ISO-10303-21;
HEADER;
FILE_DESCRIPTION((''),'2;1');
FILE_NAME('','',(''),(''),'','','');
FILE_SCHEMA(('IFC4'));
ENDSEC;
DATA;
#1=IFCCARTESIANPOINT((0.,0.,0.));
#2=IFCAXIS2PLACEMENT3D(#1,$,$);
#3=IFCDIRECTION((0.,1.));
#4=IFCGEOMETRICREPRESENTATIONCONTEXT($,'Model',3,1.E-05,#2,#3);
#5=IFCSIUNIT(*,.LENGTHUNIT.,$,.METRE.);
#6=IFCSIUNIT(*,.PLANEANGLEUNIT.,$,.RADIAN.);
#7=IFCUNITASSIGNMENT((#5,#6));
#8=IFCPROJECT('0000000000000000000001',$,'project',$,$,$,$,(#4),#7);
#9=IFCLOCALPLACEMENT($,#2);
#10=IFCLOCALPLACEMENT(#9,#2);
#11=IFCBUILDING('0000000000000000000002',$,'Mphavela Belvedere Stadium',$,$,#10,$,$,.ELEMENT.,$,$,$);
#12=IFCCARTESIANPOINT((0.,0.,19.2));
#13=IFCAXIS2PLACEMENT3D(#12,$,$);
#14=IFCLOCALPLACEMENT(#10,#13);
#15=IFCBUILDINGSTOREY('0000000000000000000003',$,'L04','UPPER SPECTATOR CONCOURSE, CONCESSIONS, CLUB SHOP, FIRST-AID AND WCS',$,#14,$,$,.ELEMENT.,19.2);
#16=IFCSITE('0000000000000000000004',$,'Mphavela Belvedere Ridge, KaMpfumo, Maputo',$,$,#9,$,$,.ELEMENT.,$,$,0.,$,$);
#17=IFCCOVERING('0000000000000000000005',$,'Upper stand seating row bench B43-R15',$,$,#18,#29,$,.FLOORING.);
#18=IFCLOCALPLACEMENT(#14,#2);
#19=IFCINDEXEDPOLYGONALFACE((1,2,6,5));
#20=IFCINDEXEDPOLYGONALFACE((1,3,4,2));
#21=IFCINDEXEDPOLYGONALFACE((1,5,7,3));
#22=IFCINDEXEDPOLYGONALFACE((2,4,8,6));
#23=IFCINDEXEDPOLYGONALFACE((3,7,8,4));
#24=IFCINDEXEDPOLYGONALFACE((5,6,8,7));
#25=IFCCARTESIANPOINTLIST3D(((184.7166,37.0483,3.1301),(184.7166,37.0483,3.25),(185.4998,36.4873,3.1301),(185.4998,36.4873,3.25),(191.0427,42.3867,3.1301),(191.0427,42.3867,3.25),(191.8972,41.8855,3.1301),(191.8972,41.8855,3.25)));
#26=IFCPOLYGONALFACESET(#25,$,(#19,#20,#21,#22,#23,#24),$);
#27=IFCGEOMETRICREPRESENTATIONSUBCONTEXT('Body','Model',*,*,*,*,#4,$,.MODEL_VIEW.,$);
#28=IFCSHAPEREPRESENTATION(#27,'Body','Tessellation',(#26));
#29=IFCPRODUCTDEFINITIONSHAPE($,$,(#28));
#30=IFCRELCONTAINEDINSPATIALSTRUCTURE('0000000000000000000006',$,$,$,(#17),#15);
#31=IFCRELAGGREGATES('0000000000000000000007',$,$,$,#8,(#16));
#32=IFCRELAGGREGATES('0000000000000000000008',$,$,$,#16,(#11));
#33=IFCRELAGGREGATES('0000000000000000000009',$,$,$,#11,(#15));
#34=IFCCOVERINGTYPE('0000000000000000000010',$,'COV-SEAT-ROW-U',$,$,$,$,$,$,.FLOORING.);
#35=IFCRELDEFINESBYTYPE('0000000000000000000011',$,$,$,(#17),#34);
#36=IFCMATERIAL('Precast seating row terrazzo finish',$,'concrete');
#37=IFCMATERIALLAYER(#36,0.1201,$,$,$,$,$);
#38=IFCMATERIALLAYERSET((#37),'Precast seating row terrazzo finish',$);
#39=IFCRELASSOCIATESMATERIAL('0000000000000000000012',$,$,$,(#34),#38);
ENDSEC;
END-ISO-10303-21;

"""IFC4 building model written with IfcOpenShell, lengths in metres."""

from ifc_helpers import new_model, si_unit, direction, frame, origin, place, context, subcontext, project, spatial, polyline, outline, extrude, material, layer, layer_set, type_object, element, save


model = new_model("IFC4")

# Units and contexts
model_context = context("Model", 3, precision=1e-05, world=origin(), true_north=direction((0.0, 1.0)))
body_context = subcontext(model_context, "Body", "Model", "MODEL_VIEW")
ifc_project = project(units=[si_unit("LENGTHUNIT", "METRE"), si_unit("PLANEANGLEUNIT", "RADIAN")], contexts=[model_context])

# Site, building, storey
site_placement = place(None, origin())
site = spatial("IfcSite", under=ifc_project, at=site_placement, Name="Mphavela Belvedere Ridge, KaMpfumo, Maputo", CompositionType="ELEMENT", RefElevation=0.0)
building_placement = place(site_placement, origin())
building = spatial("IfcBuilding", under=site, at=building_placement, Name="Mphavela Belvedere Stadium", CompositionType="ELEMENT")
storey_placement = place(building_placement, frame((0.0, 0.0, 19.2)))
storey = spatial("IfcBuildingStorey", under=building, at=storey_placement, Name="L04", Description="UPPER SPECTATOR CONCOURSE, CONCESSIONS, CLUB SHOP, FIRST-AID AND WCS", CompositionType="ELEMENT", Elevation=19.2)

# Covering
ifc_material_1 = material(Name="Precast seating row terrazzo finish", Category="concrete")
ifc_layer = layer(ifc_material_1, 0.1201)
ifc_layer_set = layer_set([ifc_layer], Name="Precast seating row terrazzo finish")
covering_type = type_object("IfcCoveringType", Name="COV-SEAT-ROW-U", PredefinedType="FLOORING", material=ifc_layer_set)
covering_1_placement = place(storey_placement, frame((0.0, 0.0, 3.1301)))
element("IfcCovering", 1, at=covering_1_placement, inside=storey, type_object=covering_type, Name="Upper stand seating row bench B43-R15", PredefinedType="FLOORING", context=body_context, shape_type="SweptSolid", body=[
    extrude(outline(polyline([(184.7166, 37.0483), (191.0427, 42.3867), (191.8972, 41.8855), (185.4998, 36.4873), (184.7166, 37.0483)])), origin(), (0.0, 0.0, 1.0), 0.1199),
])

save(model, "model.ifc")
